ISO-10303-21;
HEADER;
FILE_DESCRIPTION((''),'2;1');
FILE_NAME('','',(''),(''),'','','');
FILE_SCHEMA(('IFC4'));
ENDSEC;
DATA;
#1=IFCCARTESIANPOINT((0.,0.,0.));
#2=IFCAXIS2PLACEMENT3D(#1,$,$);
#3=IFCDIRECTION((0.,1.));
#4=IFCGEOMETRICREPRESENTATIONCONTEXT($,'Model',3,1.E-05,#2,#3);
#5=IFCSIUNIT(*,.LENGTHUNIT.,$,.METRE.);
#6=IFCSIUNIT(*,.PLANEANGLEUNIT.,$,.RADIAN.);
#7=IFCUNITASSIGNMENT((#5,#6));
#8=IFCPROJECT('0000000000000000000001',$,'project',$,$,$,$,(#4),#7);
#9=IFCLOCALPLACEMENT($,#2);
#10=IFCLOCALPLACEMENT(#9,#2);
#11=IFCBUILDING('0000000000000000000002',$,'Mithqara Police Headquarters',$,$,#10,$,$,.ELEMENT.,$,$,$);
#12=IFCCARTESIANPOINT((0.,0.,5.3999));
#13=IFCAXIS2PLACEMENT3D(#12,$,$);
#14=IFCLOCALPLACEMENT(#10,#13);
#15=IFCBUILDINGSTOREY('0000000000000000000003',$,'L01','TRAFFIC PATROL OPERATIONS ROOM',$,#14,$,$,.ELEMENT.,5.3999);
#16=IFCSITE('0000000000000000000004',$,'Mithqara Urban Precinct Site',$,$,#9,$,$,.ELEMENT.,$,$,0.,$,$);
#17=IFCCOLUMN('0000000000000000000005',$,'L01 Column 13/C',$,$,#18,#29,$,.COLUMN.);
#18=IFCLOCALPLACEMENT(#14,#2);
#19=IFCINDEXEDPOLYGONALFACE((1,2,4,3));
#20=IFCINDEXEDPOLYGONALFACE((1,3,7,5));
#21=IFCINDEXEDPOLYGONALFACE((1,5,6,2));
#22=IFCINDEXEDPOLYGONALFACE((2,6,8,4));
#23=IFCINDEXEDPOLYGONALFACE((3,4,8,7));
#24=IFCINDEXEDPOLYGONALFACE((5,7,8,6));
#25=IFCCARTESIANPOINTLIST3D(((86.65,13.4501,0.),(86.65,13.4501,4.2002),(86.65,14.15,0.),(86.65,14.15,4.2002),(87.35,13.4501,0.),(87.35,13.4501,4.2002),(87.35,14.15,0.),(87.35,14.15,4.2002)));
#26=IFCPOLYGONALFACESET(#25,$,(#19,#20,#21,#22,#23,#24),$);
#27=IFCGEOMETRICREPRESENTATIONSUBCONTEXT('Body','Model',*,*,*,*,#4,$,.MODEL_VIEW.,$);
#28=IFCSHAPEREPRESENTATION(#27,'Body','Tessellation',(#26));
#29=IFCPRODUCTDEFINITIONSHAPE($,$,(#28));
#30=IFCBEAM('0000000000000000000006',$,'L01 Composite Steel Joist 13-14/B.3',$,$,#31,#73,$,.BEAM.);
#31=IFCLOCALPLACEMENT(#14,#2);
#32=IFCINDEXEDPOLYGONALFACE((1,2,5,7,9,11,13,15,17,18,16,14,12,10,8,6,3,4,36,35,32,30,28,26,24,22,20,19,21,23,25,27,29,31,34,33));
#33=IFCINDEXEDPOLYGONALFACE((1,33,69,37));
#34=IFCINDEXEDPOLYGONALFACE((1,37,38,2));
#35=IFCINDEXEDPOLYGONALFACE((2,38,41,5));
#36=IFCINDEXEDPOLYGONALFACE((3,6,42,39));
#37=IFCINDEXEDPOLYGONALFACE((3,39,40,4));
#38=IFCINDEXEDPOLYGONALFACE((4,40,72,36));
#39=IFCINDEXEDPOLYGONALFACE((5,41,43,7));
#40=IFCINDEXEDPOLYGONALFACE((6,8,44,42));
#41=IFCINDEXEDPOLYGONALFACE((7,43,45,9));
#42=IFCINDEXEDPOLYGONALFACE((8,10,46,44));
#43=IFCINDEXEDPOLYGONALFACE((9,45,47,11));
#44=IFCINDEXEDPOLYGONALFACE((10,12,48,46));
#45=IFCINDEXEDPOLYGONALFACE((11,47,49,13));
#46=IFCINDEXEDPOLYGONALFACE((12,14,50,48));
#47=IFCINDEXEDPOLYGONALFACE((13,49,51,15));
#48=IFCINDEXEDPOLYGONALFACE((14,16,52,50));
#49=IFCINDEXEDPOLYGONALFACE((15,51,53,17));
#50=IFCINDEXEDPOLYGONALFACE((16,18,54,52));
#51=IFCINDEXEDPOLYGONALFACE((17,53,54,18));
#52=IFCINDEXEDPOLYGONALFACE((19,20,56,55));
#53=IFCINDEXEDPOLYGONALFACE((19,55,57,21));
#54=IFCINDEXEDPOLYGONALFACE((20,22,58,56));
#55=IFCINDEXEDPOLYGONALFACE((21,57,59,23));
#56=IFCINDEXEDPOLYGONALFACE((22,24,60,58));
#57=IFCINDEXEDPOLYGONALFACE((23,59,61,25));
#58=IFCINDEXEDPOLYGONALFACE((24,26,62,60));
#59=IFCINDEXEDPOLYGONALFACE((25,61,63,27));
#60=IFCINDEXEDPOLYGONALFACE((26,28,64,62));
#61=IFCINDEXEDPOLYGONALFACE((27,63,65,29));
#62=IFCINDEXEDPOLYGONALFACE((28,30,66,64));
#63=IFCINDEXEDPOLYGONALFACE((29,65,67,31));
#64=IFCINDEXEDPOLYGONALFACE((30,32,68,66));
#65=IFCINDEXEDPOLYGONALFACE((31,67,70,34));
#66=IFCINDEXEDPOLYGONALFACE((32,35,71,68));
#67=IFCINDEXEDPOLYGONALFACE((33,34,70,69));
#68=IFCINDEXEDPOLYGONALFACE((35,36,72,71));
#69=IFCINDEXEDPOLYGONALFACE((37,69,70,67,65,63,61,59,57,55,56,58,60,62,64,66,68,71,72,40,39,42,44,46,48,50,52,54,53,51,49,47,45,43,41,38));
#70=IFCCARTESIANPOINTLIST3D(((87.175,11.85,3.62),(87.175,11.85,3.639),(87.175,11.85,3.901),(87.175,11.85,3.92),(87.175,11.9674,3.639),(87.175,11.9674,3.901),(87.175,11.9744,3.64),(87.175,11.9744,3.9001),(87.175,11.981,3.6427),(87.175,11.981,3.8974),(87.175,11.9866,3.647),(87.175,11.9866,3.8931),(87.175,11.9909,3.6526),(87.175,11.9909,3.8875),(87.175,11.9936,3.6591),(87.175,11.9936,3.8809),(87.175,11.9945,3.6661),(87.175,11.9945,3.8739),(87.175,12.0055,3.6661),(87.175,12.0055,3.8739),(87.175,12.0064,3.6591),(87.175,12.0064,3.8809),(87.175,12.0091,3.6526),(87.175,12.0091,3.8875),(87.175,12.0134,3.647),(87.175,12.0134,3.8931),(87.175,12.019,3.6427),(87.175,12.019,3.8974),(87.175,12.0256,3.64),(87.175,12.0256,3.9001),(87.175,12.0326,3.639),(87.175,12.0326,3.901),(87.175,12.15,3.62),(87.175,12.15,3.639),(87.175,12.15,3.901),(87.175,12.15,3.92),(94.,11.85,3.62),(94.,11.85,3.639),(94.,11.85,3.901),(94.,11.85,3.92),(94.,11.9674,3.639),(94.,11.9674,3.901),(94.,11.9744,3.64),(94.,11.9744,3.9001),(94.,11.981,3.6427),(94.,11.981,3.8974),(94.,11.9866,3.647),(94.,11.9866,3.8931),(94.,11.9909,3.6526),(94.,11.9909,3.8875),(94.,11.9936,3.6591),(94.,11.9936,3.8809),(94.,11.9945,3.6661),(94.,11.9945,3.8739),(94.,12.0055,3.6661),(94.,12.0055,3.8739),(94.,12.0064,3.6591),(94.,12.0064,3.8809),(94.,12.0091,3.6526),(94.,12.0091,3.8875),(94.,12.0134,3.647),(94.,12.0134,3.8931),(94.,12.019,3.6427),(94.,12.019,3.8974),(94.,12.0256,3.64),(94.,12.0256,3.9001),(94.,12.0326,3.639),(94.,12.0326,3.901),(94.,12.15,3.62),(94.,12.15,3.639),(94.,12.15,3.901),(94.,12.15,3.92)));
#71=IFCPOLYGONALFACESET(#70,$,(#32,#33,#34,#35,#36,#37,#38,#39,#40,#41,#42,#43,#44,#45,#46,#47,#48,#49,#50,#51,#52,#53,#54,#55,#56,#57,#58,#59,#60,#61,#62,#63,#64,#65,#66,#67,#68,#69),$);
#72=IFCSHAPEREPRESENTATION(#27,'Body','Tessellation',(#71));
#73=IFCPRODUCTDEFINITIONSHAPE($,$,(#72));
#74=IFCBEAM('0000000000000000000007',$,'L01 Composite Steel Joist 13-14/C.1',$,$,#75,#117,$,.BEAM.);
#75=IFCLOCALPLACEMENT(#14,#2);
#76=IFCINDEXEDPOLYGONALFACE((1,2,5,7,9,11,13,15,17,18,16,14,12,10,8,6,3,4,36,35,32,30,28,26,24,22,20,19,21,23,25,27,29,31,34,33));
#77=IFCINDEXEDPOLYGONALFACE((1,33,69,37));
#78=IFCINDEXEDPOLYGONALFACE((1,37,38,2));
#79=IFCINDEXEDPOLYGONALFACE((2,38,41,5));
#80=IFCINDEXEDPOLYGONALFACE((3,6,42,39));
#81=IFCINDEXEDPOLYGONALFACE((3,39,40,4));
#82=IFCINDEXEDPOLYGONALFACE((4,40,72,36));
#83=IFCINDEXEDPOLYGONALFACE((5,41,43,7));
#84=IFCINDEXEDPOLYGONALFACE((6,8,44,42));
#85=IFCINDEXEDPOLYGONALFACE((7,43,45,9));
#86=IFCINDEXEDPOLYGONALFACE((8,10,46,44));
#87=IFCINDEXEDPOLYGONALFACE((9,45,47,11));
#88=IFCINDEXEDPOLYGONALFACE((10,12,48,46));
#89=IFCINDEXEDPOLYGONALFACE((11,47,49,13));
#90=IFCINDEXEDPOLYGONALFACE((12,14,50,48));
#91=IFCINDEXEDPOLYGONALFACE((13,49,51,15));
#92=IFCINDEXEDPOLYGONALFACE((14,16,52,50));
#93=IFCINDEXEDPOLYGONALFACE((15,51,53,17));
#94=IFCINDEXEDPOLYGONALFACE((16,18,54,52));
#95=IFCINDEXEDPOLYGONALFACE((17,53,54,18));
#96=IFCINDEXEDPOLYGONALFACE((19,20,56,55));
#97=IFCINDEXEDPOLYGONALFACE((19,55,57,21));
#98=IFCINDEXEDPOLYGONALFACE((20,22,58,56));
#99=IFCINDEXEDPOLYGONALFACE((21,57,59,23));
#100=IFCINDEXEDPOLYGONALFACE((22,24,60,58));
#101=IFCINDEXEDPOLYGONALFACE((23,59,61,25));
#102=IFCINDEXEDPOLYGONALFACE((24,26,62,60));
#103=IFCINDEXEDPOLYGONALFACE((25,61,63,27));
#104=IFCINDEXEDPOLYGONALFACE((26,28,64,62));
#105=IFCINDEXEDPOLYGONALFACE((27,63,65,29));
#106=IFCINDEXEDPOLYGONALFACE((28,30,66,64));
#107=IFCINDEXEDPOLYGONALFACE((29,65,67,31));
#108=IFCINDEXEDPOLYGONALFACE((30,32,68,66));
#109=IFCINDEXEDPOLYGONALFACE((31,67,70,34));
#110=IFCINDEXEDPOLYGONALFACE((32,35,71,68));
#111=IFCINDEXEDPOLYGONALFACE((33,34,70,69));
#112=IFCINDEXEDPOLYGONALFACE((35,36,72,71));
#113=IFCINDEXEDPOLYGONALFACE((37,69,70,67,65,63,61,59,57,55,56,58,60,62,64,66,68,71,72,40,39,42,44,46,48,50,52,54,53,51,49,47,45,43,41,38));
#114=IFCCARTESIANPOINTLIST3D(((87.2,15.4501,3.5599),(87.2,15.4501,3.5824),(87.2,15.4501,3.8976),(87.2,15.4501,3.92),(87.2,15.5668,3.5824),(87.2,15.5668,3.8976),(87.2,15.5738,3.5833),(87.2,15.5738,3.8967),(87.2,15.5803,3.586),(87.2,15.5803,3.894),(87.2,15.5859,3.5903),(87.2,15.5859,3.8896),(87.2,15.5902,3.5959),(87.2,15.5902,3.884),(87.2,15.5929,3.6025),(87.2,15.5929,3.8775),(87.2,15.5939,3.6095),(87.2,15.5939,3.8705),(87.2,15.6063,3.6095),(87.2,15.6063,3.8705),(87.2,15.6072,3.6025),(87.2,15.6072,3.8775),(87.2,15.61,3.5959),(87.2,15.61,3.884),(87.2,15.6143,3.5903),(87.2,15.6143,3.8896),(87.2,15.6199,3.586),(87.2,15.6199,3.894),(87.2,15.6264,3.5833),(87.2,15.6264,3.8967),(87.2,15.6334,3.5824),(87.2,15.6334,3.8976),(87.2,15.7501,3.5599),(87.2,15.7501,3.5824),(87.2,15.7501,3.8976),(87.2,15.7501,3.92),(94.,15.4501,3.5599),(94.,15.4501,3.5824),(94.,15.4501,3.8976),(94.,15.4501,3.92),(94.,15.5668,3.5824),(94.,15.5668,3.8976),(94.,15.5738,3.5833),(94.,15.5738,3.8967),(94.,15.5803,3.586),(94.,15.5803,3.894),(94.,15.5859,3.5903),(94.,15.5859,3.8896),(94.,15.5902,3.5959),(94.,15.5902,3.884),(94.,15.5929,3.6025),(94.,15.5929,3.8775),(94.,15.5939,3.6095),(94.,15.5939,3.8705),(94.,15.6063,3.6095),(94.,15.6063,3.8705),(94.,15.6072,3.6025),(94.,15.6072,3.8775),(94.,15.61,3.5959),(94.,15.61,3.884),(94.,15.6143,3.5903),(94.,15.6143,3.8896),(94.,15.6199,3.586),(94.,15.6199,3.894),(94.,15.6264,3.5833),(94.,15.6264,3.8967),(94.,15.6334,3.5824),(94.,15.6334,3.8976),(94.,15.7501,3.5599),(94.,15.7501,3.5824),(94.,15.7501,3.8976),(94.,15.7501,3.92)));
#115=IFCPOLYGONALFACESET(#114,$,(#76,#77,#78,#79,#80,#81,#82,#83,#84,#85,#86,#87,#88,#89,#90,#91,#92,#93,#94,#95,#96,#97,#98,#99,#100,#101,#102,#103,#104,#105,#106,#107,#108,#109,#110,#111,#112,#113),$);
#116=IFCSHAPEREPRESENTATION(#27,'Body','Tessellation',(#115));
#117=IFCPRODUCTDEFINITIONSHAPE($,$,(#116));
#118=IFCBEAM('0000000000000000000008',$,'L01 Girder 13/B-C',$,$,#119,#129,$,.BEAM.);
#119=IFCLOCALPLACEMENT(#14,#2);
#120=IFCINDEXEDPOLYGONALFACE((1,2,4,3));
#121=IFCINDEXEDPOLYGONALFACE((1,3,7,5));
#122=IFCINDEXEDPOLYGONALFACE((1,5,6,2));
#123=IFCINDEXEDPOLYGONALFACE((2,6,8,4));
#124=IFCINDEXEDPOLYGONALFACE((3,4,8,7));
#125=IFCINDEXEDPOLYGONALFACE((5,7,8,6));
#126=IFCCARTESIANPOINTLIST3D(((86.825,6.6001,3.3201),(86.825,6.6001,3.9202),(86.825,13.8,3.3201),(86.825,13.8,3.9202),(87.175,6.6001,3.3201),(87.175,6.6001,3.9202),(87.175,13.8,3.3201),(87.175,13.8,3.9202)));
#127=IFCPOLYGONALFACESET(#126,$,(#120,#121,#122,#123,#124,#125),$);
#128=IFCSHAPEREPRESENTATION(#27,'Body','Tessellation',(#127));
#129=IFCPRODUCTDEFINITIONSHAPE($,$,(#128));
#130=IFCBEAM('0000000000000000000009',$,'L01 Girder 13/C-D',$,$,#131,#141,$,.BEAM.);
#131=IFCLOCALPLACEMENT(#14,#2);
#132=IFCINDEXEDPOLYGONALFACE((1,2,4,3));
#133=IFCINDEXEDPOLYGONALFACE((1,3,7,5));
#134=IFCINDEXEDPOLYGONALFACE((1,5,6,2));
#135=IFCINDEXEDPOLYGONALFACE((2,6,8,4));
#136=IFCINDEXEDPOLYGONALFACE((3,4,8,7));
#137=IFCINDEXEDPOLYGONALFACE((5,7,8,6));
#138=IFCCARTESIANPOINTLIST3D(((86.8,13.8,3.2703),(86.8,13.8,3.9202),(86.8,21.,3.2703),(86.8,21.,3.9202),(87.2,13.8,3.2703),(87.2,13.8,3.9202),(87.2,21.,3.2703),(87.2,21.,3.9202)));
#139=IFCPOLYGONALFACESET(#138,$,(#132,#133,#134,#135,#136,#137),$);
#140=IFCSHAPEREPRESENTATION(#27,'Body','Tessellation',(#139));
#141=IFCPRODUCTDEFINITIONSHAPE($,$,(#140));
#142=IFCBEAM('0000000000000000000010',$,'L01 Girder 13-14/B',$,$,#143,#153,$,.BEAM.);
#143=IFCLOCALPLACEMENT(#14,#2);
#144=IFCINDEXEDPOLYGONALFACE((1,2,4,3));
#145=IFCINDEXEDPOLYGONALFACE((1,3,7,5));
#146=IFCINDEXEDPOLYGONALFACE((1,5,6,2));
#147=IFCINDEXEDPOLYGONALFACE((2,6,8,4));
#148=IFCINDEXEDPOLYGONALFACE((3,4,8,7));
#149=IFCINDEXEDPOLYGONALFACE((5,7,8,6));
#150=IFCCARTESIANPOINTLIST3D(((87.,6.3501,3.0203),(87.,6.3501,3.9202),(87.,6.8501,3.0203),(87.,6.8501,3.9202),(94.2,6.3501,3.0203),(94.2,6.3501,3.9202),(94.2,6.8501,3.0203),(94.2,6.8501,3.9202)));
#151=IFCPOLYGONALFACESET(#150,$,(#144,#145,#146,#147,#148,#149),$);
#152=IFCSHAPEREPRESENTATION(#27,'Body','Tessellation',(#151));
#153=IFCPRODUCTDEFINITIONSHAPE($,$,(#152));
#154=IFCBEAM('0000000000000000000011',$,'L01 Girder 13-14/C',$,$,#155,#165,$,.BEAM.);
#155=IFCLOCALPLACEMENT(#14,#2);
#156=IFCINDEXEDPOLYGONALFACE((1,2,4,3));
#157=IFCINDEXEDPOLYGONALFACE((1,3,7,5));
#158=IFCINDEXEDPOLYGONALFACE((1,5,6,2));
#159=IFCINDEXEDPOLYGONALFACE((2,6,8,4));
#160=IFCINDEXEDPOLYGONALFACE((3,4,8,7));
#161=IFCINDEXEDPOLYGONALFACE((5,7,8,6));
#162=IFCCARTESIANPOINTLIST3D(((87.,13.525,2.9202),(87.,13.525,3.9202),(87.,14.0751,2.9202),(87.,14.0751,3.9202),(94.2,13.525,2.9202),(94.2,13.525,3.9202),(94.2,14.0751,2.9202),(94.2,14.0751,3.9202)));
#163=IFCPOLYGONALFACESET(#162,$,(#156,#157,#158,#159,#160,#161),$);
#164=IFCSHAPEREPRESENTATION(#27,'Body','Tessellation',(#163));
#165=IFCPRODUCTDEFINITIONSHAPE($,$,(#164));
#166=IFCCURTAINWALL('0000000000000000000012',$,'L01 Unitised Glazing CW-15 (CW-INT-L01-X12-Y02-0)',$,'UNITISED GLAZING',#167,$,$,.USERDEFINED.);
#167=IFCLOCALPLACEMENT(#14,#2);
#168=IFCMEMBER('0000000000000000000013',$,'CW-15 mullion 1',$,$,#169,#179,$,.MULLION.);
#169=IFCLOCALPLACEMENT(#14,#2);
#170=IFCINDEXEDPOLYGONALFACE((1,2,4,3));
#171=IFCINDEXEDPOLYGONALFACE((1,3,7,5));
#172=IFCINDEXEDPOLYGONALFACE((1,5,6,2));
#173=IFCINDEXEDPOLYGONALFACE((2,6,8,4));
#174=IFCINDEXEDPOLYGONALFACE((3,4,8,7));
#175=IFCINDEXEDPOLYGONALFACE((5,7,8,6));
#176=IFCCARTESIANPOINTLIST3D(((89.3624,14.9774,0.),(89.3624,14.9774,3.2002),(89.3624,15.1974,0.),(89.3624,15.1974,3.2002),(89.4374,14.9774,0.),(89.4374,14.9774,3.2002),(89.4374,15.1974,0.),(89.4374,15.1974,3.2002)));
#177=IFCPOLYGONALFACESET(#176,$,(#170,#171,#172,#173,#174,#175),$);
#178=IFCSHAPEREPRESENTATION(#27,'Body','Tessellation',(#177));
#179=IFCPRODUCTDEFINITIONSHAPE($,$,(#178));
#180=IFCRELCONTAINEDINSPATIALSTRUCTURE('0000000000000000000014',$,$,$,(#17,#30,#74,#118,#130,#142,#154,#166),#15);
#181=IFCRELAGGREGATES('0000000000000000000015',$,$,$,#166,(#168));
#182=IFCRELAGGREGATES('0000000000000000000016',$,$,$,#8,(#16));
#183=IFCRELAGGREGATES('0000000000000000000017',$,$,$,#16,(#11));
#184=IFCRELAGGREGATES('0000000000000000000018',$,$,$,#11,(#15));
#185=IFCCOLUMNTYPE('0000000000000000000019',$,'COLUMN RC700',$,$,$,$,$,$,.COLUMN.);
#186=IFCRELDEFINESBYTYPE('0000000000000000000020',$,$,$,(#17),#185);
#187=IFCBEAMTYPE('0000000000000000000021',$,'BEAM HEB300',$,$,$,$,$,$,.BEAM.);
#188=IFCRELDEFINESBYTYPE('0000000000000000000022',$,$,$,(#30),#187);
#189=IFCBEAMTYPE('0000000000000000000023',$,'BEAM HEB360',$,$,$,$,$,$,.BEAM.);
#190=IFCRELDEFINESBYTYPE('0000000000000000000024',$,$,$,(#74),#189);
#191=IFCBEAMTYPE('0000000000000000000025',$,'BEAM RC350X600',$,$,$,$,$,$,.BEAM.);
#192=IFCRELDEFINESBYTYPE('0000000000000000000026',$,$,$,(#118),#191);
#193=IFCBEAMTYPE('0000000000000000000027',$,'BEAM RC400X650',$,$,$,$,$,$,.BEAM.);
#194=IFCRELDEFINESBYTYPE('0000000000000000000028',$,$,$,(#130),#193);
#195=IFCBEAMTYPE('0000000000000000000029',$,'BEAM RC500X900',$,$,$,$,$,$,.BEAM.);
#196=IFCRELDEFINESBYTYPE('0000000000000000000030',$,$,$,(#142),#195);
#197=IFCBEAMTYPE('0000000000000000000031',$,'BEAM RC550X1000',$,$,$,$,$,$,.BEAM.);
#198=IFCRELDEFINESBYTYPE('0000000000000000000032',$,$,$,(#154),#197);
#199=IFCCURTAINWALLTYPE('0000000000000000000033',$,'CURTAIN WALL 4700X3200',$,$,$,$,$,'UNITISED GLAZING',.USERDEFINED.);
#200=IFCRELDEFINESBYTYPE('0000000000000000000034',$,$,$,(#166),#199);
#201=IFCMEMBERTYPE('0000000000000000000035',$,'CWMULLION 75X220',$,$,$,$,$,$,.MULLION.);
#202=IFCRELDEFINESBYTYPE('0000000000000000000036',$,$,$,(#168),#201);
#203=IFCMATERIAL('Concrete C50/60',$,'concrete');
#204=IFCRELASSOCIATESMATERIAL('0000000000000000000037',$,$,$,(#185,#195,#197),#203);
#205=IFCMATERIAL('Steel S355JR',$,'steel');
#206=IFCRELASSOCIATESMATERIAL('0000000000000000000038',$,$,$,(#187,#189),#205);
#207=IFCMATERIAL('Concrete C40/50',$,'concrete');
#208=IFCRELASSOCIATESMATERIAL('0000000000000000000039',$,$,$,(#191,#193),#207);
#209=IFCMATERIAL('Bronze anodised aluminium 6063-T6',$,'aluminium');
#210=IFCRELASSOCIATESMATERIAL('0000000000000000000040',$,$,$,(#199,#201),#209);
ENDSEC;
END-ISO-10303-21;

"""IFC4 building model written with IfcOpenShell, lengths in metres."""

from ifc_helpers import new_model, si_unit, direction, frame, origin, origin_2d, place, context, subcontext, project, spatial, rectangle, i_section, extrude, material, material_profile, profile_set, type_object, element, aggregate, save


model = new_model("IFC4")

# Units and contexts
model_context = context("Model", 3, precision=1e-05, world=origin(), true_north=direction((0.0, 1.0)))
body_context = subcontext(model_context, "Body", "Model", "MODEL_VIEW")
ifc_project = project(units=[si_unit("LENGTHUNIT", "METRE"), si_unit("PLANEANGLEUNIT", "RADIAN")], contexts=[model_context])

# Site, building, storey
site_placement = place(None, origin())
site = spatial("IfcSite", under=ifc_project, at=site_placement, Name="Mithqara Urban Precinct Site", CompositionType="ELEMENT", RefElevation=0.0)
building_placement = place(site_placement, origin())
building = spatial("IfcBuilding", under=site, at=building_placement, Name="Mithqara Police Headquarters", CompositionType="ELEMENT")
storey_placement = place(building_placement, frame((0.0, 0.0, 5.3999)))
storey = spatial("IfcBuildingStorey", under=building, at=storey_placement, Name="L01", Description="TRAFFIC PATROL OPERATIONS ROOM", CompositionType="ELEMENT", Elevation=5.3999)

# Column
ifc_material_1 = material(Name="Concrete C50/60", Category="concrete")
ifc_material_profile_1 = material_profile(ifc_material_1, rectangle(XDim=0.7, YDim=0.7, at=origin_2d()), Name="RC 700x700")
ifc_profile_set_1 = profile_set([ifc_material_profile_1], Name="Concrete C50/60")
column_type = type_object("IfcColumnType", Name="COLUMN RC700", PredefinedType="COLUMN", material=ifc_profile_set_1)
column_placement = place(storey_placement, frame((87.0, 13.8, 0.0), z_axis=(0.0, 0.0, 1.0), x_axis=(1.0, 0.0, 0.0)))
element("IfcColumn", 1, at=column_placement, inside=storey, type_object=column_type, Name="L01 Column 13/C", PredefinedType="COLUMN", context=body_context, shape_type="SweptSolid", body=[
    extrude(rectangle(XDim=0.7, YDim=0.7, at=origin_2d()), origin(), (0.0, 0.0, 1.0), 4.2002),
])

# Beams
ifc_material_2 = material(Name="Steel S355JR", Category="steel")
ifc_material_profile_2 = material_profile(ifc_material_2, i_section(OverallWidth=0.3, OverallDepth=0.3, WebThickness=0.011, FlangeThickness=0.019, FilletRadius=0.0271, at=origin_2d()), Name="HEB 300")
ifc_profile_set_2 = profile_set([ifc_material_profile_2], Name="Steel S355JR")
beam_type_1 = type_object("IfcBeamType", Name="BEAM HEB300", PredefinedType="BEAM", material=ifc_profile_set_2)
beam_1_placement = place(storey_placement, frame((87.175, 12.0, 3.77), z_axis=(1.0, 0.0, 0.0), x_axis=(0.0, 1.0, 0.0)))
element("IfcBeam", 2, at=beam_1_placement, inside=storey, type_object=beam_type_1, Name="L01 Composite Steel Joist 13-14/B.3", PredefinedType="BEAM", context=body_context, shape_type="SweptSolid", body=[
    extrude(i_section(OverallWidth=0.3, OverallDepth=0.3, WebThickness=0.011, FlangeThickness=0.019, FilletRadius=0.0271, at=origin_2d()), origin(), (0.0, 0.0, 1.0), 6.825),
])
ifc_material_profile_3 = material_profile(ifc_material_2, i_section(OverallWidth=0.3, OverallDepth=0.3601, WebThickness=0.0125, FlangeThickness=0.0225, FilletRadius=0.0271, at=origin_2d()), Name="HEB 360")
ifc_profile_set_3 = profile_set([ifc_material_profile_3], Name="Steel S355JR")
beam_type_2 = type_object("IfcBeamType", Name="BEAM HEB360", PredefinedType="BEAM", material=ifc_profile_set_3)
beam_2_placement = place(storey_placement, frame((87.2, 15.6001, 3.74), z_axis=(1.0, 0.0, 0.0), x_axis=(0.0, 1.0, 0.0)))
element("IfcBeam", 3, at=beam_2_placement, inside=storey, type_object=beam_type_2, Name="L01 Composite Steel Joist 13-14/C.1", PredefinedType="BEAM", context=body_context, shape_type="SweptSolid", body=[
    extrude(i_section(OverallWidth=0.3, OverallDepth=0.3601, WebThickness=0.0125, FlangeThickness=0.0225, FilletRadius=0.0271, at=origin_2d()), origin(), (0.0, 0.0, 1.0), 6.8),
])
ifc_material_3 = material(Name="Concrete C40/50", Category="concrete")
ifc_material_profile_4 = material_profile(ifc_material_3, rectangle(XDim=0.3501, YDim=0.6001, at=origin_2d()), Name="RC 350x600")
ifc_profile_set_4 = profile_set([ifc_material_profile_4], Name="Concrete C40/50")
beam_type_3 = type_object("IfcBeamType", Name="BEAM RC350X600", PredefinedType="BEAM", material=ifc_profile_set_4)
beam_3_placement = place(storey_placement, frame((87.0, 6.6001, 3.6201), z_axis=(0.0, 1.0, 0.0), x_axis=(-1.0, 0.0, 0.0)))
element("IfcBeam", 4, at=beam_3_placement, inside=storey, type_object=beam_type_3, Name="L01 Girder 13/B-C", PredefinedType="BEAM", context=body_context, shape_type="SweptSolid", body=[
    extrude(rectangle(XDim=0.3501, YDim=0.6001, at=origin_2d()), origin(), (0.0, 0.0, 1.0), 7.2),
])
ifc_material_profile_5 = material_profile(ifc_material_3, rectangle(XDim=0.3999, YDim=0.6499, at=origin_2d()), Name="RC 400x650")
ifc_profile_set_5 = profile_set([ifc_material_profile_5], Name="Concrete C40/50")
beam_type_4 = type_object("IfcBeamType", Name="BEAM RC400X650", PredefinedType="BEAM", material=ifc_profile_set_5)
beam_4_placement = place(storey_placement, frame((87.0, 13.8, 3.5952), z_axis=(0.0, 1.0, 0.0), x_axis=(-1.0, 0.0, 0.0)))
element("IfcBeam", 5, at=beam_4_placement, inside=storey, type_object=beam_type_4, Name="L01 Girder 13/C-D", PredefinedType="BEAM", context=body_context, shape_type="SweptSolid", body=[
    extrude(rectangle(XDim=0.3999, YDim=0.6499, at=origin_2d()), origin(), (0.0, 0.0, 1.0), 7.2),
])
ifc_material_profile_6 = material_profile(ifc_material_1, rectangle(XDim=0.5, YDim=0.8999, at=origin_2d()), Name="RC 500x900")
ifc_profile_set_6 = profile_set([ifc_material_profile_6], Name="Concrete C50/60")
beam_type_5 = type_object("IfcBeamType", Name="BEAM RC500X900", PredefinedType="BEAM", material=ifc_profile_set_6)
beam_5_placement = place(storey_placement, frame((87.0, 6.6001, 3.4702), z_axis=(1.0, 0.0, 0.0), x_axis=(0.0, 1.0, 0.0)))
element("IfcBeam", 6, at=beam_5_placement, inside=storey, type_object=beam_type_5, Name="L01 Girder 13-14/B", PredefinedType="BEAM", context=body_context, shape_type="SweptSolid", body=[
    extrude(rectangle(XDim=0.5, YDim=0.8999, at=origin_2d()), origin(), (0.0, 0.0, 1.0), 7.2),
])
ifc_material_profile_7 = material_profile(ifc_material_1, rectangle(XDim=0.55, YDim=1.0, at=origin_2d()), Name="RC 550x1000")
ifc_profile_set_7 = profile_set([ifc_material_profile_7], Name="Concrete C50/60")
beam_type_6 = type_object("IfcBeamType", Name="BEAM RC550X1000", PredefinedType="BEAM", material=ifc_profile_set_7)
beam_6_placement = place(storey_placement, frame((87.0, 13.8, 3.4202), z_axis=(1.0, 0.0, 0.0), x_axis=(0.0, 1.0, 0.0)))
element("IfcBeam", 7, at=beam_6_placement, inside=storey, type_object=beam_type_6, Name="L01 Girder 13-14/C", PredefinedType="BEAM", context=body_context, shape_type="SweptSolid", body=[
    extrude(rectangle(XDim=0.55, YDim=1.0, at=origin_2d()), origin(), (0.0, 0.0, 1.0), 7.2),
])

# Curtain wall, member
ifc_material_4 = material(Name="Bronze anodised aluminium 6063-T6", Category="aluminium")
curtain_wall_type = type_object("IfcCurtainWallType", Name="CURTAIN WALL 4700X3200", ElementType="UNITISED GLAZING", PredefinedType="USERDEFINED", material=ifc_material_4)
curtain_wall_placement = place(storey_placement, origin())
curtain_wall = element("IfcCurtainWall", 8, at=curtain_wall_placement, inside=storey, type_object=curtain_wall_type, Name="L01 Unitised Glazing CW-15 (CW-INT-L01-X12-Y02-0)", ObjectType="UNITISED GLAZING", PredefinedType="USERDEFINED")
ifc_material_profile_8 = material_profile(ifc_material_4, rectangle(XDim=0.075, YDim=0.22, at=origin_2d()), Name="CWM 75x220")
ifc_profile_set_8 = profile_set([ifc_material_profile_8], Name="Bronze anodised aluminium 6063-T6")
member_type_1 = type_object("IfcMemberType", Name="CWMULLION 75X220", PredefinedType="MULLION", material=ifc_profile_set_8)
member_1_placement = place(storey_placement, frame((89.3999, 15.0874, 0.0), z_axis=(0.0, 0.0, 1.0), x_axis=(-1.0, 0.0, 0.0)))
member_1 = element("IfcMember", 9, at=member_1_placement, type_object=member_type_1, Name="CW-15 mullion 1", PredefinedType="MULLION", context=body_context, shape_type="SweptSolid", body=[
    extrude(rectangle(XDim=0.075, YDim=0.22, at=origin_2d()), origin(), (0.0, 0.0, 1.0), 3.2002),
])

aggregate(curtain_wall, [member_1])

save(model, "model.ifc")
